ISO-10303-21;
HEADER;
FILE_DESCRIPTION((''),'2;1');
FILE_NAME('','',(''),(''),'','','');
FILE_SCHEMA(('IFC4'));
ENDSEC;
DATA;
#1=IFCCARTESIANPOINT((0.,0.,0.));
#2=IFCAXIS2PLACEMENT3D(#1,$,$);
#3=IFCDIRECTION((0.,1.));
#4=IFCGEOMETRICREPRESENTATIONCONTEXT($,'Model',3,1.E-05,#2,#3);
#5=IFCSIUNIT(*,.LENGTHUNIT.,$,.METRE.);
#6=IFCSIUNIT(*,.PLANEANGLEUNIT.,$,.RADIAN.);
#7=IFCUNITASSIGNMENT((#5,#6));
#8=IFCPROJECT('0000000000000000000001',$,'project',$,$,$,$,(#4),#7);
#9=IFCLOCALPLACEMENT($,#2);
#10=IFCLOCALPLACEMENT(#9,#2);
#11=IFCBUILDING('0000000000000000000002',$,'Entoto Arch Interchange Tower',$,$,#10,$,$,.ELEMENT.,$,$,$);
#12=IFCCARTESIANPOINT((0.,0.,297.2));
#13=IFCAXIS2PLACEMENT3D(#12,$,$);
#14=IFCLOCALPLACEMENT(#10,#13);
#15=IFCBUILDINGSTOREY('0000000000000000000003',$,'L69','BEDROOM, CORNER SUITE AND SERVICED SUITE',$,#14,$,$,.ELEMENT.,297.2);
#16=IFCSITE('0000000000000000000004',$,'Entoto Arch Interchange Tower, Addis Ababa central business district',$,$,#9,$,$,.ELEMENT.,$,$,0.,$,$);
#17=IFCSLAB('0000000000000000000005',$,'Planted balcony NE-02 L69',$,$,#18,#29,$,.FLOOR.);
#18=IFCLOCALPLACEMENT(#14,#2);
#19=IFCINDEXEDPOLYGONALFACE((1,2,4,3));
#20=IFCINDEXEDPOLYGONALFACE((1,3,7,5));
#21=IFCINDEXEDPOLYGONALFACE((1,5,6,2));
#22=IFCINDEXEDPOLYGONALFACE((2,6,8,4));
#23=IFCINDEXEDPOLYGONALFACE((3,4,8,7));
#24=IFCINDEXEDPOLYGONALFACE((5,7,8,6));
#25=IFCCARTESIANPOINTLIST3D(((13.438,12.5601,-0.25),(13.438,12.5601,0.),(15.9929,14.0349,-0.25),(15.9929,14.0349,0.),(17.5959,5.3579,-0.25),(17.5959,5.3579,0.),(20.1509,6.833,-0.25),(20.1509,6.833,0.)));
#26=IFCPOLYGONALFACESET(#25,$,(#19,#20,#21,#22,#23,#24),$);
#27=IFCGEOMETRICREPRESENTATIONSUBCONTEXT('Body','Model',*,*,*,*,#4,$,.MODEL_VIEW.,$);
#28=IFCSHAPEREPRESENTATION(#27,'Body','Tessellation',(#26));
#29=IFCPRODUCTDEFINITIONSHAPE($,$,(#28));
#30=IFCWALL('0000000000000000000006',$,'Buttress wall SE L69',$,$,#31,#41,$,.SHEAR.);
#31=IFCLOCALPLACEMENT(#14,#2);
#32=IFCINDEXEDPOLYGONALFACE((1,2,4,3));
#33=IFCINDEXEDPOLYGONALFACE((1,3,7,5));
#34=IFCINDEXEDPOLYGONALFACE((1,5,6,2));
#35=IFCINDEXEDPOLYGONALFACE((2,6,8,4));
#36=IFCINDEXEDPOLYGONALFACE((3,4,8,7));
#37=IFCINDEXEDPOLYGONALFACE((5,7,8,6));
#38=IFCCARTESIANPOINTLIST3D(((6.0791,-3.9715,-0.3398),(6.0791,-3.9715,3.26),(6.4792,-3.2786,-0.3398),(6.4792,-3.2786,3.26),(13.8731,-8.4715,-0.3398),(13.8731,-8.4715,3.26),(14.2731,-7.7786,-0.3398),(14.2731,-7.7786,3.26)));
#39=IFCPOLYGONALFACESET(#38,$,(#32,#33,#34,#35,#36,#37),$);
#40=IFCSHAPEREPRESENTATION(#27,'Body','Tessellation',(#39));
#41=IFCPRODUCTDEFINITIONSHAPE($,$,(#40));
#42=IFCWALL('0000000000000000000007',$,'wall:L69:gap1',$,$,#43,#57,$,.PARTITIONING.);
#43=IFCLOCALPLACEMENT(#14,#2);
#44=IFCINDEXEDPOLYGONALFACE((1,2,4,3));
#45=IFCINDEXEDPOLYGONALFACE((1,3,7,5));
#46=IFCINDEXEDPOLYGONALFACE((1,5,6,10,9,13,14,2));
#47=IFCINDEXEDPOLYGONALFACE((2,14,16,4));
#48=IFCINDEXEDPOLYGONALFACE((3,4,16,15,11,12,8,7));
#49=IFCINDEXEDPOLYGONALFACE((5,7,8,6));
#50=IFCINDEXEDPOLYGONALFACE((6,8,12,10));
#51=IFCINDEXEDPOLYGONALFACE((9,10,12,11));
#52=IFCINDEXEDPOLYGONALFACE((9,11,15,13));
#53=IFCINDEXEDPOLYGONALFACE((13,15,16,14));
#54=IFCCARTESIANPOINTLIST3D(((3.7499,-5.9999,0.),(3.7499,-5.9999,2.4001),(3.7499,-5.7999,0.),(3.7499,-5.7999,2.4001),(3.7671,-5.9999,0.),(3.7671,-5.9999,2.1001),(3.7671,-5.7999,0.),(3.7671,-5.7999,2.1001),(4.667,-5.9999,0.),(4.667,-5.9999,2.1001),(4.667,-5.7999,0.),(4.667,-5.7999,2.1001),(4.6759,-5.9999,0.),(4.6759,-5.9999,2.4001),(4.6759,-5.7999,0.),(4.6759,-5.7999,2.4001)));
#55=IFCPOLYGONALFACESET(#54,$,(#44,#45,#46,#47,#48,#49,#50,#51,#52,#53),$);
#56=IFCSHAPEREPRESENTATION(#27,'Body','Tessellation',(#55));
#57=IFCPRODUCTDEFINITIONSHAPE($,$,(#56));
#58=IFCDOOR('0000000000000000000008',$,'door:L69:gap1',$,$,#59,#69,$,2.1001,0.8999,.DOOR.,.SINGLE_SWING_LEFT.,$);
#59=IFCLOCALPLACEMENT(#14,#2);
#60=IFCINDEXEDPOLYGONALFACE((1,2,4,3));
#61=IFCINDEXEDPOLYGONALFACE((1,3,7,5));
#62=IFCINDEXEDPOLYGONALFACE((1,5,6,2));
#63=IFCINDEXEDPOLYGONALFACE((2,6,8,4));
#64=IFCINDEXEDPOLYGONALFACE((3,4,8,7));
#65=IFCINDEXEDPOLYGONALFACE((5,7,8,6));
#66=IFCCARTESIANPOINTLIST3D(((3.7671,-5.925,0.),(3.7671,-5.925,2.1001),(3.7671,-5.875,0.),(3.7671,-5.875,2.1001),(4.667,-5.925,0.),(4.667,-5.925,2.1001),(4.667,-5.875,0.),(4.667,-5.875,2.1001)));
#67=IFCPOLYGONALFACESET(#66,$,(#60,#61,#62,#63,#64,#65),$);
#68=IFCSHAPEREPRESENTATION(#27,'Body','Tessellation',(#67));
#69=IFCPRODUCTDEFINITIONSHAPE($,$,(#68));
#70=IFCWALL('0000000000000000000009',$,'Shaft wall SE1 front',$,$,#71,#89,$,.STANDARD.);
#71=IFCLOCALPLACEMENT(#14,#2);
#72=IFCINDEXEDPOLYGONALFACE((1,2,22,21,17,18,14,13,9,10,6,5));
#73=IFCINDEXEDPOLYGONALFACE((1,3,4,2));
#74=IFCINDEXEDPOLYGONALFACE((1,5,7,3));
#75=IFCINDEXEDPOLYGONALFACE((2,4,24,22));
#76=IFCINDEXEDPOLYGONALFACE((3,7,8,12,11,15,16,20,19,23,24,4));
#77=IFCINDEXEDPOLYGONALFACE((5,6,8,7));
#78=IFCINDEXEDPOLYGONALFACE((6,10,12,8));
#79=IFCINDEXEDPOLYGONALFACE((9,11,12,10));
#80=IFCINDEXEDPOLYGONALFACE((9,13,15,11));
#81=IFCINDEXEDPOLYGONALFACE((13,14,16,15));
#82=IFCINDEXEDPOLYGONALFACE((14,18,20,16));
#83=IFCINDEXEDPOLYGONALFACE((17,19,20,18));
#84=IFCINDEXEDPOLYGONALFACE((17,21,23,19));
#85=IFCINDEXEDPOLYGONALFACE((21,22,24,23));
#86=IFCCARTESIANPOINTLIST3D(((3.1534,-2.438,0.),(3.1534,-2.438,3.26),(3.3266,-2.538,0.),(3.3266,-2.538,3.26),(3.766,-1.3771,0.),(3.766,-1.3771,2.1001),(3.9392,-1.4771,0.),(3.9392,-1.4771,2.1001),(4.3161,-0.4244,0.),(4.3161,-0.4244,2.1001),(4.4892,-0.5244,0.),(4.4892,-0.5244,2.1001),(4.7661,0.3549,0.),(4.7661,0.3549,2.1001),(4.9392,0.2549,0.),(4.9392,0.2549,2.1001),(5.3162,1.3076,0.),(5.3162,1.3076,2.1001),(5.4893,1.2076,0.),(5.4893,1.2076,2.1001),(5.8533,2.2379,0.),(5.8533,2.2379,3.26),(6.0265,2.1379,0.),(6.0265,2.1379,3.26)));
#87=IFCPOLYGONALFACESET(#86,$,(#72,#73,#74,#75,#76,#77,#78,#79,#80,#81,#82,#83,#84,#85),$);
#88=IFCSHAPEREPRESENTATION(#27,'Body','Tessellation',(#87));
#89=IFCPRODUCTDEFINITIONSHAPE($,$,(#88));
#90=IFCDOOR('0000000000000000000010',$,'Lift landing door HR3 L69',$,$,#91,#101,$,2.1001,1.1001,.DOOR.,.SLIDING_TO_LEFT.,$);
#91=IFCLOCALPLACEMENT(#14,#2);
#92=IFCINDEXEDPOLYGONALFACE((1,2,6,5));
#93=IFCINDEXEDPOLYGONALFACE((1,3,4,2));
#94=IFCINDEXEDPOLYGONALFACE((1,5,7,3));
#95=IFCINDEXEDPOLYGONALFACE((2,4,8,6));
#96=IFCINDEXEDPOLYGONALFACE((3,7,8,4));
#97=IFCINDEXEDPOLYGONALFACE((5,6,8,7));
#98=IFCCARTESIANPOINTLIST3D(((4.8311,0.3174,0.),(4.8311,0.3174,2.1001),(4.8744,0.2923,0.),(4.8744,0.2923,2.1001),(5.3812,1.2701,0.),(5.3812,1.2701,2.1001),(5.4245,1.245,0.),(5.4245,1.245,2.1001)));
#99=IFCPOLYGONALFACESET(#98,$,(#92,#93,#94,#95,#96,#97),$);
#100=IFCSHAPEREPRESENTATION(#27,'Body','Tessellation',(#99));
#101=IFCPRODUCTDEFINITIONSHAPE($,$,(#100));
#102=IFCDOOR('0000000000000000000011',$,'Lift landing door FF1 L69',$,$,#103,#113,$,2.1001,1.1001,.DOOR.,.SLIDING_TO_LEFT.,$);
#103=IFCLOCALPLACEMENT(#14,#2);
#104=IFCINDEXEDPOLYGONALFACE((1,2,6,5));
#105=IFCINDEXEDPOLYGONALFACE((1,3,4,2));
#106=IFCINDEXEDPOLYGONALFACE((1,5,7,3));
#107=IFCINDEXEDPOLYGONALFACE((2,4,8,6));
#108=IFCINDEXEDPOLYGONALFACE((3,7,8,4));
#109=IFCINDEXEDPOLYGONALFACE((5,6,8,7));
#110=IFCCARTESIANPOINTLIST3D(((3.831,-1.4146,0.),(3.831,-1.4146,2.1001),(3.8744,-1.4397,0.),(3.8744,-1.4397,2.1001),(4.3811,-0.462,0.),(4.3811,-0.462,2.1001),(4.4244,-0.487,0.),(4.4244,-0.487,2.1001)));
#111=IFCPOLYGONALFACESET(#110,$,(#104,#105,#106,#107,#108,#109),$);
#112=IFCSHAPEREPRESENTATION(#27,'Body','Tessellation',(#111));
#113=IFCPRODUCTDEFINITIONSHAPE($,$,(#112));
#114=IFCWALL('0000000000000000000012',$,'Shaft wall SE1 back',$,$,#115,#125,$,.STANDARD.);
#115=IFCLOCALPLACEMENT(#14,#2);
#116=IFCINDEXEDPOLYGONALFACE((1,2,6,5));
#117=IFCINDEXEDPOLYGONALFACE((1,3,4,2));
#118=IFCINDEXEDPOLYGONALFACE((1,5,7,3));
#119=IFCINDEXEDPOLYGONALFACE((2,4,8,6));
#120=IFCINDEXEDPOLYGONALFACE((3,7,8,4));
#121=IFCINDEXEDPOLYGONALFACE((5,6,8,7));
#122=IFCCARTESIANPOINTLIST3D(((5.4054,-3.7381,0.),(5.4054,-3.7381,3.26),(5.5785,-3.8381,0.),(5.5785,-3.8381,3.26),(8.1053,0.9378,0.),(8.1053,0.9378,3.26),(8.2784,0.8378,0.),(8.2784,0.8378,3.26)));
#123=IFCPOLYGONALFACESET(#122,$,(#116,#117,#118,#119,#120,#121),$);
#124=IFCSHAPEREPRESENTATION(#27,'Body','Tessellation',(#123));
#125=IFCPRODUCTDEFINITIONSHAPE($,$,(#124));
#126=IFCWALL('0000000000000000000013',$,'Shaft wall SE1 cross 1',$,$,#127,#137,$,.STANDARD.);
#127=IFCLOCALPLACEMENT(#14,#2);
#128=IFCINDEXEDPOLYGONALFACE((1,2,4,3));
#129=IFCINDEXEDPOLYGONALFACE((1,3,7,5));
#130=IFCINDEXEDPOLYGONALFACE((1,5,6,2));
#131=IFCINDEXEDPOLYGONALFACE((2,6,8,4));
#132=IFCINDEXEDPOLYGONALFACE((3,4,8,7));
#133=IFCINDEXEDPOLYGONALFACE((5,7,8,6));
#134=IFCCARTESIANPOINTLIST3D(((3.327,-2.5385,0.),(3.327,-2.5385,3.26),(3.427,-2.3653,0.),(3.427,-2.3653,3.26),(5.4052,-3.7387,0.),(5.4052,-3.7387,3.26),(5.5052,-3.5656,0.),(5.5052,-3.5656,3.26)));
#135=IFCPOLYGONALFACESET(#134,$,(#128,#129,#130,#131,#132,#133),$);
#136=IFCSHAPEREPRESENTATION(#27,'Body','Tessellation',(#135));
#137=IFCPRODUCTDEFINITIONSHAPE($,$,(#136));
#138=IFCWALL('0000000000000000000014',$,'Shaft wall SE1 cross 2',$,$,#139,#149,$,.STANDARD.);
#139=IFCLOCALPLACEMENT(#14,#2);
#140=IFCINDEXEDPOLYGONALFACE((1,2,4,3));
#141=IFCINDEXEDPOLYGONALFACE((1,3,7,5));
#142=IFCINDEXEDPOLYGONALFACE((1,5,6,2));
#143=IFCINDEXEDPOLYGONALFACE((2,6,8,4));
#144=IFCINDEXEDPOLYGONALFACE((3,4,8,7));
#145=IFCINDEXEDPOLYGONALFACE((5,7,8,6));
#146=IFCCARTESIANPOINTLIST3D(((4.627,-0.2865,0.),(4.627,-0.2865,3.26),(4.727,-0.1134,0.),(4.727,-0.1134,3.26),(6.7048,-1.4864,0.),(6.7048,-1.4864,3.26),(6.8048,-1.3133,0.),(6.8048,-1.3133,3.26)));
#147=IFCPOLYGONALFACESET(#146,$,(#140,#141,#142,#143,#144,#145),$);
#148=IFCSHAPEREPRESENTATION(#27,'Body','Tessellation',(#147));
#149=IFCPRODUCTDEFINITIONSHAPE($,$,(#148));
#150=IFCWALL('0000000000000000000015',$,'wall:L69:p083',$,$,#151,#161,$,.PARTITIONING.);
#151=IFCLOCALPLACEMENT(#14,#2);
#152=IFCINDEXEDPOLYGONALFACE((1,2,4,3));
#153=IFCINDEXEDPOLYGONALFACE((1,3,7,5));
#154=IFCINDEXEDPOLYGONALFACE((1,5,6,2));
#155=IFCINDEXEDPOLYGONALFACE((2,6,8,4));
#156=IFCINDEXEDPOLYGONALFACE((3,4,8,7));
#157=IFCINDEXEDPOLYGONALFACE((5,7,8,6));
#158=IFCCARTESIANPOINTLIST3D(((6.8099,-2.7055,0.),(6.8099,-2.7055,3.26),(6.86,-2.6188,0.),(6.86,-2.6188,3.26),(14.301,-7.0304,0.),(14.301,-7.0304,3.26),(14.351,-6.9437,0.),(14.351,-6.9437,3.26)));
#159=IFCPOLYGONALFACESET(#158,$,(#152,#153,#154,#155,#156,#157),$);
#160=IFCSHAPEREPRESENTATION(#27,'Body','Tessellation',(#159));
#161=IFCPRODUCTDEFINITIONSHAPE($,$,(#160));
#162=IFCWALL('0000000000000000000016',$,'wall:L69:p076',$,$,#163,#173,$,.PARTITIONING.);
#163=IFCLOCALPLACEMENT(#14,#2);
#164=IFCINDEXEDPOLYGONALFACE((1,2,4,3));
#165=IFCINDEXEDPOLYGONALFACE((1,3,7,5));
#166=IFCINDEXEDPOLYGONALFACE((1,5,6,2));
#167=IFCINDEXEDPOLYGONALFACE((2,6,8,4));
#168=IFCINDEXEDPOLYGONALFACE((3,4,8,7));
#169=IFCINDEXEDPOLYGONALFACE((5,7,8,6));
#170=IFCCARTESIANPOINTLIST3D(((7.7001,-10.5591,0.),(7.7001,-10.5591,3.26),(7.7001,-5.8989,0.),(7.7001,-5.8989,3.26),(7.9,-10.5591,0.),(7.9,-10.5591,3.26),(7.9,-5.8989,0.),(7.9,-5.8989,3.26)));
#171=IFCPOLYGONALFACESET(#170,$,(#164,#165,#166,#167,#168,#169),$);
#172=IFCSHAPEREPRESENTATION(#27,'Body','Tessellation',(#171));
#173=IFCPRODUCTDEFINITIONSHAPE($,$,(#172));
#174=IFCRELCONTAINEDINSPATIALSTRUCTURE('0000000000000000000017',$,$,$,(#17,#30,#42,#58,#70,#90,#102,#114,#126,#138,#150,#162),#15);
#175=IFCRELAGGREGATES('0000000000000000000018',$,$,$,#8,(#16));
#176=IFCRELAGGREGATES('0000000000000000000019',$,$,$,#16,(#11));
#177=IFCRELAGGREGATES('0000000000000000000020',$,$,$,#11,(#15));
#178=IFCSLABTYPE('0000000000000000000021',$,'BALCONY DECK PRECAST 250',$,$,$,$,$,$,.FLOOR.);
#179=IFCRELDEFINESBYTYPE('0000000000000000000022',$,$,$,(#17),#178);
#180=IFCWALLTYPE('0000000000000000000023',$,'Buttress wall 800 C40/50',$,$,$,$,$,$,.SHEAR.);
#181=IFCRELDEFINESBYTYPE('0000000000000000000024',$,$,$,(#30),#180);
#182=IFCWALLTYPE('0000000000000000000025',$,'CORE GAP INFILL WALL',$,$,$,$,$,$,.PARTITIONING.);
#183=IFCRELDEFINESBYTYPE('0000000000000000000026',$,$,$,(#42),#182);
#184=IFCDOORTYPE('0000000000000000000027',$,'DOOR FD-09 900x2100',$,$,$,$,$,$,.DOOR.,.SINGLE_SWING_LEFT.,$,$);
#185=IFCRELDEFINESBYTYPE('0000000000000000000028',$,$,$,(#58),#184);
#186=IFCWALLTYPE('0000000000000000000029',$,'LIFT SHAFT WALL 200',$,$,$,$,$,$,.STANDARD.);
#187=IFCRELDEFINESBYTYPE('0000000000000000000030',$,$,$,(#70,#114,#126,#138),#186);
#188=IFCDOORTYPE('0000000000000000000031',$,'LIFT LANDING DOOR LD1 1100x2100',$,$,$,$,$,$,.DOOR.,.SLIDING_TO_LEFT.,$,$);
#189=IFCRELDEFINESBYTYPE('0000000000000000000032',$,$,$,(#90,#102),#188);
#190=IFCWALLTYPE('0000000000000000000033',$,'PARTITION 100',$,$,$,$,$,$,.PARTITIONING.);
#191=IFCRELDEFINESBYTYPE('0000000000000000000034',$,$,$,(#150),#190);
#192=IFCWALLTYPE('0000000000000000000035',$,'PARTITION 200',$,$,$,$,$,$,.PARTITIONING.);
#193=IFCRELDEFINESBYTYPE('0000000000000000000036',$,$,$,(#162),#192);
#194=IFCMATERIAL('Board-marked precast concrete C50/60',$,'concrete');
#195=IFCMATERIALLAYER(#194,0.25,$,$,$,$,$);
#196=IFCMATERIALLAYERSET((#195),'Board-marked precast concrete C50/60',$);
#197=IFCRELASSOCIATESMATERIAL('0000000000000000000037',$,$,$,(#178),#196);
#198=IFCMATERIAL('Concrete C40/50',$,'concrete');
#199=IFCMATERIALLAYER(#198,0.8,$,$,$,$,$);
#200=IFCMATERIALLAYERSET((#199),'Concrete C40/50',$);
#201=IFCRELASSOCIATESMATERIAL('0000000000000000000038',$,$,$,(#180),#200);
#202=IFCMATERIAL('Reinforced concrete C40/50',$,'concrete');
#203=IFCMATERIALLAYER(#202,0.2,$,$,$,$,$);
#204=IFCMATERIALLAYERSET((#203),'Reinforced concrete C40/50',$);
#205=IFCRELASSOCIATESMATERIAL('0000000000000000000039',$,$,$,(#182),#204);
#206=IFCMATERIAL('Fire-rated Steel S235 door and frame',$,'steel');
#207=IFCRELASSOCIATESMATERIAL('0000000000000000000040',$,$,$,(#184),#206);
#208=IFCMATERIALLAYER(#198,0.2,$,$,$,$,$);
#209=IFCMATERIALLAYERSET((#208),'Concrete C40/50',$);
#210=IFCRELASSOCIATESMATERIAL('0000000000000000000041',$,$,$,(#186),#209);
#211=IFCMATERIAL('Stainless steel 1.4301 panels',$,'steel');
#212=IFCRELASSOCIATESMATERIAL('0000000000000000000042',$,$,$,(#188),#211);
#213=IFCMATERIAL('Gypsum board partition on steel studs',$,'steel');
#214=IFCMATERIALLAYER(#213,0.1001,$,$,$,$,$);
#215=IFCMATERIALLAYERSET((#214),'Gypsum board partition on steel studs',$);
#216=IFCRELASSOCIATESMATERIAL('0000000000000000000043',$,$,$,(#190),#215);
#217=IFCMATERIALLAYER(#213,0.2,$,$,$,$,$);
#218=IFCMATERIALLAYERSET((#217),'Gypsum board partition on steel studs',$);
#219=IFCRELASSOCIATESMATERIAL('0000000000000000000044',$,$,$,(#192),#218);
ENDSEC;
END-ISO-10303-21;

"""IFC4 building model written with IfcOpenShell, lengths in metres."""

from ifc_helpers import new_model, si_unit, direction, frame, frame_2d, origin, place, context, subcontext, project, spatial, polyline, rectangle, outline, extrude, material, layer, layer_set, type_object, element, fill, save


model = new_model("IFC4")

# Units and contexts
model_context = context("Model", 3, precision=1e-05, world=origin(), true_north=direction((0.0, 1.0)))
body_context = subcontext(model_context, "Body", "Model", "MODEL_VIEW")
ifc_project = project(units=[si_unit("LENGTHUNIT", "METRE"), si_unit("PLANEANGLEUNIT", "RADIAN")], contexts=[model_context])

# Site, building, storey
site_placement = place(None, origin())
site = spatial("IfcSite", under=ifc_project, at=site_placement, Name="Entoto Arch Interchange Tower, Addis Ababa central business district", CompositionType="ELEMENT", RefElevation=0.0)
building_placement = place(site_placement, origin())
building = spatial("IfcBuilding", under=site, at=building_placement, Name="Entoto Arch Interchange Tower", CompositionType="ELEMENT")
storey_placement = place(building_placement, frame((0.0, 0.0, 297.2)))
storey = spatial("IfcBuildingStorey", under=building, at=storey_placement, Name="L69", Description="BEDROOM, CORNER SUITE AND SERVICED SUITE", CompositionType="ELEMENT", Elevation=297.2)

# Slab
ifc_material_1 = material(Name="Board-marked precast concrete C50/60", Category="concrete")
ifc_layer_1 = layer(ifc_material_1, 0.25)
ifc_layer_set_1 = layer_set([ifc_layer_1], Name="Board-marked precast concrete C50/60")
slab_type = type_object("IfcSlabType", Name="BALCONY DECK PRECAST 250", PredefinedType="FLOOR", material=ifc_layer_set_1)
slab_placement = place(storey_placement, frame((0.0, 0.0, -0.25)))
element("IfcSlab", 1, at=slab_placement, inside=storey, type_object=slab_type, Name="Planted balcony NE-02 L69", PredefinedType="FLOOR", context=body_context, shape_type="SweptSolid", body=[
    extrude(outline(polyline([(17.5959, 5.3579), (13.438, 12.5601), (15.9929, 14.0349), (20.1509, 6.833), (17.5959, 5.3579)])), origin(), (0.0, 0.0, 1.0), 0.25),
])

# Wall
ifc_material_2 = material(Name="Concrete C40/50", Category="concrete")
ifc_layer_2 = layer(ifc_material_2, 0.8)
ifc_layer_set_2 = layer_set([ifc_layer_2], Name="Concrete C40/50")
wall_type_1 = type_object("IfcWallType", Name="Buttress wall 800 C40/50", PredefinedType="SHEAR", material=ifc_layer_set_2)
wall_1_placement = place(storey_placement, frame((6.2791, -3.625, -0.3398), z_axis=(0.0, 0.0, 1.0), x_axis=(0.866018, -0.500014, 0.0)))
element("IfcWall", 2, at=wall_1_placement, inside=storey, type_object=wall_type_1, Name="Buttress wall SE L69", PredefinedType="SHEAR", context=body_context, shape_type="SweptSolid", body=[
    extrude(rectangle(XDim=8.9998, YDim=0.8, at=frame_2d((4.5, 0.0))), origin(), (0.0, 0.0, 1.0), 3.5999),
])

# Wall, opening, door
ifc_material_3 = material(Name="Reinforced concrete C40/50", Category="concrete")
ifc_layer_3 = layer(ifc_material_3, 0.2)
ifc_layer_set_3 = layer_set([ifc_layer_3], Name="Reinforced concrete C40/50")
wall_type_2 = type_object("IfcWallType", Name="CORE GAP INFILL WALL", PredefinedType="PARTITIONING", material=ifc_layer_set_3)
wall_2_placement = place(storey_placement, frame((3.75, -5.8999, 0.0), z_axis=(0.0, 0.0, 1.0), x_axis=(1.0, 0.0, 0.0)))
wall_2 = element("IfcWall", 3, at=wall_2_placement, inside=storey, type_object=wall_type_2, Name="wall:L69:gap1", PredefinedType="PARTITIONING", context=body_context, shape_type="SweptSolid", body=[
    extrude(rectangle(XDim=0.926, YDim=0.2, at=frame_2d((0.4629, 0.0))), origin(), (0.0, 0.0, 1.0), 2.4001),
])
opening_1_placement = place(wall_2_placement, frame((0.0171, 0.0, 0.0)))
opening_1 = element("IfcOpeningElement", 4, at=opening_1_placement, cuts=wall_2, PredefinedType="OPENING", context=body_context, shape_type="SweptSolid", body=[
    extrude(rectangle(XDim=0.8999, YDim=2.1001, at=frame_2d((0.45, 1.05))), frame((0.0, 0.1099, 0.0), z_axis=(0.0, -1.0, 0.0), x_axis=(1.0, 0.0, 0.0)), (0.0, 0.0, 1.0), 0.22),
])
ifc_material_4 = material(Name="Fire-rated Steel S235 door and frame", Category="steel")
door_type_1 = type_object("IfcDoorType", Name="DOOR FD-09 900x2100", OperationType="SINGLE_SWING_LEFT", PredefinedType="DOOR", material=ifc_material_4)
door_1_placement = place(opening_1_placement, origin())
door_1 = element("IfcDoor", 5, at=door_1_placement, inside=storey, type_object=door_type_1, Name="door:L69:gap1", OperationType="SINGLE_SWING_LEFT", OverallHeight=2.1001, OverallWidth=0.8999, PredefinedType="DOOR", context=body_context, shape_type="SweptSolid", body=[
    extrude(rectangle(XDim=0.8999, YDim=2.1001, at=frame_2d((0.45, 1.05))), frame((0.0, 0.0249, 0.0), z_axis=(0.0, -1.0, 0.0), x_axis=(1.0, 0.0, 0.0)), (0.0, 0.0, 1.0), 0.05),
])
fill(opening_1, door_1)

# Wall, openings, doors
ifc_layer_4 = layer(ifc_material_2, 0.2)
ifc_layer_set_4 = layer_set([ifc_layer_4], Name="Concrete C40/50")
wall_type_3 = type_object("IfcWallType", Name="LIFT SHAFT WALL 200", PredefinedType="STANDARD", material=ifc_layer_set_4)
wall_3_placement = place(storey_placement, frame((3.24, -2.488, 0.0), z_axis=(0.0, 0.0, 1.0), x_axis=(0.500034, 0.866006, 0.0)))
wall_3 = element("IfcWall", 6, at=wall_3_placement, inside=storey, type_object=wall_type_3, Name="Shaft wall SE1 front", PredefinedType="STANDARD", context=body_context, shape_type="SweptSolid", body=[
    extrude(rectangle(XDim=5.3994, YDim=0.2, at=frame_2d((2.6997, 0.0))), origin(), (0.0, 0.0, 1.0), 3.26),
])
opening_2_placement = place(wall_3_placement, frame((3.2251, 0.0, 0.0)))
opening_2 = element("IfcOpeningElement", 7, at=opening_2_placement, cuts=wall_3, PredefinedType="OPENING", context=body_context, shape_type="SweptSolid", body=[
    extrude(rectangle(XDim=1.1001, YDim=2.1001, at=frame_2d((0.55, 1.05))), frame((0.0, 0.1099, 0.0), z_axis=(0.0, -1.0, 0.0), x_axis=(1.0, 0.0, 0.0)), (0.0, 0.0, 1.0), 0.22),
])
opening_3_placement = place(wall_3_placement, frame((1.2251, 0.0, 0.0)))
opening_3 = element("IfcOpeningElement", 8, at=opening_3_placement, cuts=wall_3, PredefinedType="OPENING", context=body_context, shape_type="SweptSolid", body=[
    extrude(rectangle(XDim=1.1001, YDim=2.1001, at=frame_2d((0.55, 1.05))), frame((0.0, 0.1099, 0.0), z_axis=(0.0, -1.0, 0.0), x_axis=(1.0, 0.0, 0.0)), (0.0, 0.0, 1.0), 0.22),
])
ifc_material_5 = material(Name="Stainless steel 1.4301 panels", Category="steel")
door_type_2 = type_object("IfcDoorType", Name="LIFT LANDING DOOR LD1 1100x2100", OperationType="SLIDING_TO_LEFT", PredefinedType="DOOR", material=ifc_material_5)
door_2_placement = place(opening_2_placement, origin())
door_2 = element("IfcDoor", 9, at=door_2_placement, inside=storey, type_object=door_type_2, Name="Lift landing door HR3 L69", OperationType="SLIDING_TO_LEFT", OverallHeight=2.1001, OverallWidth=1.1001, PredefinedType="DOOR", context=body_context, shape_type="SweptSolid", body=[
    extrude(rectangle(XDim=1.1001, YDim=2.1001, at=frame_2d((0.55, 1.05))), frame((0.0, 0.0249, 0.0), z_axis=(0.0, -1.0, 0.0), x_axis=(1.0, 0.0, 0.0)), (0.0, 0.0, 1.0), 0.05),
])
fill(opening_2, door_2)
door_3_placement = place(opening_3_placement, origin())
door_3 = element("IfcDoor", 10, at=door_3_placement, inside=storey, type_object=door_type_2, Name="Lift landing door FF1 L69", OperationType="SLIDING_TO_LEFT", OverallHeight=2.1001, OverallWidth=1.1001, PredefinedType="DOOR", context=body_context, shape_type="SweptSolid", body=[
    extrude(rectangle(XDim=1.1001, YDim=2.1001, at=frame_2d((0.55, 1.05))), frame((0.0, 0.0249, 0.0), z_axis=(0.0, -1.0, 0.0), x_axis=(1.0, 0.0, 0.0)), (0.0, 0.0, 1.0), 0.05),
])
fill(opening_3, door_3)

# Walls
wall_4_placement = place(storey_placement, frame((5.4919, -3.7881, 0.0), z_axis=(0.0, 0.0, 1.0), x_axis=(0.500034, 0.866006, 0.0)))
element("IfcWall", 11, at=wall_4_placement, inside=storey, type_object=wall_type_3, Name="Shaft wall SE1 back", PredefinedType="STANDARD", context=body_context, shape_type="SweptSolid", body=[
    extrude(rectangle(XDim=5.3994, YDim=0.2, at=frame_2d((2.6997, 0.0))), origin(), (0.0, 0.0, 1.0), 3.26),
])
wall_5_placement = place(storey_placement, frame((3.377, -2.4519, 0.0), z_axis=(0.0, 0.0, 1.0), x_axis=(0.865955, -0.500122, 0.0)))
element("IfcWall", 12, at=wall_5_placement, inside=storey, type_object=wall_type_3, Name="Shaft wall SE1 cross 1", PredefinedType="STANDARD", context=body_context, shape_type="SweptSolid", body=[
    extrude(rectangle(XDim=2.3999, YDim=0.2, at=frame_2d((1.2, 0.0))), origin(), (0.0, 0.0, 1.0), 3.26),
])
wall_6_placement = place(storey_placement, frame((4.677, -0.2, 0.0), z_axis=(0.0, 0.0, 1.0), x_axis=(0.865974, -0.500089, 0.0)))
element("IfcWall", 13, at=wall_6_placement, inside=storey, type_object=wall_type_3, Name="Shaft wall SE1 cross 2", PredefinedType="STANDARD", context=body_context, shape_type="SweptSolid", body=[
    extrude(rectangle(XDim=2.3994, YDim=0.2, at=frame_2d((1.1997, 0.0))), origin(), (0.0, 0.0, 1.0), 3.26),
])
ifc_material_6 = material(Name="Gypsum board partition on steel studs", Category="steel")
ifc_layer_5 = layer(ifc_material_6, 0.1001)
ifc_layer_set_5 = layer_set([ifc_layer_5], Name="Gypsum board partition on steel studs")
wall_type_4 = type_object("IfcWallType", Name="PARTITION 100", PredefinedType="PARTITIONING", material=ifc_layer_set_5)
wall_7_placement = place(storey_placement, frame((6.835, -2.6621, 0.0), z_axis=(0.0, 0.0, 1.0), x_axis=(0.866023, -0.500003, 0.0)))
element("IfcWall", 14, at=wall_7_placement, inside=storey, type_object=wall_type_4, Name="wall:L69:p083", PredefinedType="PARTITIONING", context=body_context, shape_type="SweptSolid", body=[
    extrude(rectangle(XDim=8.6499, YDim=0.1001, at=frame_2d((4.325, 0.0))), origin(), (0.0, 0.0, 1.0), 3.26),
])
ifc_layer_6 = layer(ifc_material_6, 0.2)
ifc_layer_set_6 = layer_set([ifc_layer_6], Name="Gypsum board partition on steel studs")
wall_type_5 = type_object("IfcWallType", Name="PARTITION 200", PredefinedType="PARTITIONING", material=ifc_layer_set_6)
wall_8_placement = place(storey_placement, frame((7.8, -5.8989, 0.0), z_axis=(0.0, 0.0, 1.0), x_axis=(0.0, -1.0, 0.0)))
element("IfcWall", 15, at=wall_8_placement, inside=storey, type_object=wall_type_5, Name="wall:L69:p076", PredefinedType="PARTITIONING", context=body_context, shape_type="SweptSolid", body=[
    extrude(rectangle(XDim=4.6602, YDim=0.2, at=frame_2d((2.3301, 0.0))), origin(), (0.0, 0.0, 1.0), 3.26),
])

save(model, "model.ifc")
